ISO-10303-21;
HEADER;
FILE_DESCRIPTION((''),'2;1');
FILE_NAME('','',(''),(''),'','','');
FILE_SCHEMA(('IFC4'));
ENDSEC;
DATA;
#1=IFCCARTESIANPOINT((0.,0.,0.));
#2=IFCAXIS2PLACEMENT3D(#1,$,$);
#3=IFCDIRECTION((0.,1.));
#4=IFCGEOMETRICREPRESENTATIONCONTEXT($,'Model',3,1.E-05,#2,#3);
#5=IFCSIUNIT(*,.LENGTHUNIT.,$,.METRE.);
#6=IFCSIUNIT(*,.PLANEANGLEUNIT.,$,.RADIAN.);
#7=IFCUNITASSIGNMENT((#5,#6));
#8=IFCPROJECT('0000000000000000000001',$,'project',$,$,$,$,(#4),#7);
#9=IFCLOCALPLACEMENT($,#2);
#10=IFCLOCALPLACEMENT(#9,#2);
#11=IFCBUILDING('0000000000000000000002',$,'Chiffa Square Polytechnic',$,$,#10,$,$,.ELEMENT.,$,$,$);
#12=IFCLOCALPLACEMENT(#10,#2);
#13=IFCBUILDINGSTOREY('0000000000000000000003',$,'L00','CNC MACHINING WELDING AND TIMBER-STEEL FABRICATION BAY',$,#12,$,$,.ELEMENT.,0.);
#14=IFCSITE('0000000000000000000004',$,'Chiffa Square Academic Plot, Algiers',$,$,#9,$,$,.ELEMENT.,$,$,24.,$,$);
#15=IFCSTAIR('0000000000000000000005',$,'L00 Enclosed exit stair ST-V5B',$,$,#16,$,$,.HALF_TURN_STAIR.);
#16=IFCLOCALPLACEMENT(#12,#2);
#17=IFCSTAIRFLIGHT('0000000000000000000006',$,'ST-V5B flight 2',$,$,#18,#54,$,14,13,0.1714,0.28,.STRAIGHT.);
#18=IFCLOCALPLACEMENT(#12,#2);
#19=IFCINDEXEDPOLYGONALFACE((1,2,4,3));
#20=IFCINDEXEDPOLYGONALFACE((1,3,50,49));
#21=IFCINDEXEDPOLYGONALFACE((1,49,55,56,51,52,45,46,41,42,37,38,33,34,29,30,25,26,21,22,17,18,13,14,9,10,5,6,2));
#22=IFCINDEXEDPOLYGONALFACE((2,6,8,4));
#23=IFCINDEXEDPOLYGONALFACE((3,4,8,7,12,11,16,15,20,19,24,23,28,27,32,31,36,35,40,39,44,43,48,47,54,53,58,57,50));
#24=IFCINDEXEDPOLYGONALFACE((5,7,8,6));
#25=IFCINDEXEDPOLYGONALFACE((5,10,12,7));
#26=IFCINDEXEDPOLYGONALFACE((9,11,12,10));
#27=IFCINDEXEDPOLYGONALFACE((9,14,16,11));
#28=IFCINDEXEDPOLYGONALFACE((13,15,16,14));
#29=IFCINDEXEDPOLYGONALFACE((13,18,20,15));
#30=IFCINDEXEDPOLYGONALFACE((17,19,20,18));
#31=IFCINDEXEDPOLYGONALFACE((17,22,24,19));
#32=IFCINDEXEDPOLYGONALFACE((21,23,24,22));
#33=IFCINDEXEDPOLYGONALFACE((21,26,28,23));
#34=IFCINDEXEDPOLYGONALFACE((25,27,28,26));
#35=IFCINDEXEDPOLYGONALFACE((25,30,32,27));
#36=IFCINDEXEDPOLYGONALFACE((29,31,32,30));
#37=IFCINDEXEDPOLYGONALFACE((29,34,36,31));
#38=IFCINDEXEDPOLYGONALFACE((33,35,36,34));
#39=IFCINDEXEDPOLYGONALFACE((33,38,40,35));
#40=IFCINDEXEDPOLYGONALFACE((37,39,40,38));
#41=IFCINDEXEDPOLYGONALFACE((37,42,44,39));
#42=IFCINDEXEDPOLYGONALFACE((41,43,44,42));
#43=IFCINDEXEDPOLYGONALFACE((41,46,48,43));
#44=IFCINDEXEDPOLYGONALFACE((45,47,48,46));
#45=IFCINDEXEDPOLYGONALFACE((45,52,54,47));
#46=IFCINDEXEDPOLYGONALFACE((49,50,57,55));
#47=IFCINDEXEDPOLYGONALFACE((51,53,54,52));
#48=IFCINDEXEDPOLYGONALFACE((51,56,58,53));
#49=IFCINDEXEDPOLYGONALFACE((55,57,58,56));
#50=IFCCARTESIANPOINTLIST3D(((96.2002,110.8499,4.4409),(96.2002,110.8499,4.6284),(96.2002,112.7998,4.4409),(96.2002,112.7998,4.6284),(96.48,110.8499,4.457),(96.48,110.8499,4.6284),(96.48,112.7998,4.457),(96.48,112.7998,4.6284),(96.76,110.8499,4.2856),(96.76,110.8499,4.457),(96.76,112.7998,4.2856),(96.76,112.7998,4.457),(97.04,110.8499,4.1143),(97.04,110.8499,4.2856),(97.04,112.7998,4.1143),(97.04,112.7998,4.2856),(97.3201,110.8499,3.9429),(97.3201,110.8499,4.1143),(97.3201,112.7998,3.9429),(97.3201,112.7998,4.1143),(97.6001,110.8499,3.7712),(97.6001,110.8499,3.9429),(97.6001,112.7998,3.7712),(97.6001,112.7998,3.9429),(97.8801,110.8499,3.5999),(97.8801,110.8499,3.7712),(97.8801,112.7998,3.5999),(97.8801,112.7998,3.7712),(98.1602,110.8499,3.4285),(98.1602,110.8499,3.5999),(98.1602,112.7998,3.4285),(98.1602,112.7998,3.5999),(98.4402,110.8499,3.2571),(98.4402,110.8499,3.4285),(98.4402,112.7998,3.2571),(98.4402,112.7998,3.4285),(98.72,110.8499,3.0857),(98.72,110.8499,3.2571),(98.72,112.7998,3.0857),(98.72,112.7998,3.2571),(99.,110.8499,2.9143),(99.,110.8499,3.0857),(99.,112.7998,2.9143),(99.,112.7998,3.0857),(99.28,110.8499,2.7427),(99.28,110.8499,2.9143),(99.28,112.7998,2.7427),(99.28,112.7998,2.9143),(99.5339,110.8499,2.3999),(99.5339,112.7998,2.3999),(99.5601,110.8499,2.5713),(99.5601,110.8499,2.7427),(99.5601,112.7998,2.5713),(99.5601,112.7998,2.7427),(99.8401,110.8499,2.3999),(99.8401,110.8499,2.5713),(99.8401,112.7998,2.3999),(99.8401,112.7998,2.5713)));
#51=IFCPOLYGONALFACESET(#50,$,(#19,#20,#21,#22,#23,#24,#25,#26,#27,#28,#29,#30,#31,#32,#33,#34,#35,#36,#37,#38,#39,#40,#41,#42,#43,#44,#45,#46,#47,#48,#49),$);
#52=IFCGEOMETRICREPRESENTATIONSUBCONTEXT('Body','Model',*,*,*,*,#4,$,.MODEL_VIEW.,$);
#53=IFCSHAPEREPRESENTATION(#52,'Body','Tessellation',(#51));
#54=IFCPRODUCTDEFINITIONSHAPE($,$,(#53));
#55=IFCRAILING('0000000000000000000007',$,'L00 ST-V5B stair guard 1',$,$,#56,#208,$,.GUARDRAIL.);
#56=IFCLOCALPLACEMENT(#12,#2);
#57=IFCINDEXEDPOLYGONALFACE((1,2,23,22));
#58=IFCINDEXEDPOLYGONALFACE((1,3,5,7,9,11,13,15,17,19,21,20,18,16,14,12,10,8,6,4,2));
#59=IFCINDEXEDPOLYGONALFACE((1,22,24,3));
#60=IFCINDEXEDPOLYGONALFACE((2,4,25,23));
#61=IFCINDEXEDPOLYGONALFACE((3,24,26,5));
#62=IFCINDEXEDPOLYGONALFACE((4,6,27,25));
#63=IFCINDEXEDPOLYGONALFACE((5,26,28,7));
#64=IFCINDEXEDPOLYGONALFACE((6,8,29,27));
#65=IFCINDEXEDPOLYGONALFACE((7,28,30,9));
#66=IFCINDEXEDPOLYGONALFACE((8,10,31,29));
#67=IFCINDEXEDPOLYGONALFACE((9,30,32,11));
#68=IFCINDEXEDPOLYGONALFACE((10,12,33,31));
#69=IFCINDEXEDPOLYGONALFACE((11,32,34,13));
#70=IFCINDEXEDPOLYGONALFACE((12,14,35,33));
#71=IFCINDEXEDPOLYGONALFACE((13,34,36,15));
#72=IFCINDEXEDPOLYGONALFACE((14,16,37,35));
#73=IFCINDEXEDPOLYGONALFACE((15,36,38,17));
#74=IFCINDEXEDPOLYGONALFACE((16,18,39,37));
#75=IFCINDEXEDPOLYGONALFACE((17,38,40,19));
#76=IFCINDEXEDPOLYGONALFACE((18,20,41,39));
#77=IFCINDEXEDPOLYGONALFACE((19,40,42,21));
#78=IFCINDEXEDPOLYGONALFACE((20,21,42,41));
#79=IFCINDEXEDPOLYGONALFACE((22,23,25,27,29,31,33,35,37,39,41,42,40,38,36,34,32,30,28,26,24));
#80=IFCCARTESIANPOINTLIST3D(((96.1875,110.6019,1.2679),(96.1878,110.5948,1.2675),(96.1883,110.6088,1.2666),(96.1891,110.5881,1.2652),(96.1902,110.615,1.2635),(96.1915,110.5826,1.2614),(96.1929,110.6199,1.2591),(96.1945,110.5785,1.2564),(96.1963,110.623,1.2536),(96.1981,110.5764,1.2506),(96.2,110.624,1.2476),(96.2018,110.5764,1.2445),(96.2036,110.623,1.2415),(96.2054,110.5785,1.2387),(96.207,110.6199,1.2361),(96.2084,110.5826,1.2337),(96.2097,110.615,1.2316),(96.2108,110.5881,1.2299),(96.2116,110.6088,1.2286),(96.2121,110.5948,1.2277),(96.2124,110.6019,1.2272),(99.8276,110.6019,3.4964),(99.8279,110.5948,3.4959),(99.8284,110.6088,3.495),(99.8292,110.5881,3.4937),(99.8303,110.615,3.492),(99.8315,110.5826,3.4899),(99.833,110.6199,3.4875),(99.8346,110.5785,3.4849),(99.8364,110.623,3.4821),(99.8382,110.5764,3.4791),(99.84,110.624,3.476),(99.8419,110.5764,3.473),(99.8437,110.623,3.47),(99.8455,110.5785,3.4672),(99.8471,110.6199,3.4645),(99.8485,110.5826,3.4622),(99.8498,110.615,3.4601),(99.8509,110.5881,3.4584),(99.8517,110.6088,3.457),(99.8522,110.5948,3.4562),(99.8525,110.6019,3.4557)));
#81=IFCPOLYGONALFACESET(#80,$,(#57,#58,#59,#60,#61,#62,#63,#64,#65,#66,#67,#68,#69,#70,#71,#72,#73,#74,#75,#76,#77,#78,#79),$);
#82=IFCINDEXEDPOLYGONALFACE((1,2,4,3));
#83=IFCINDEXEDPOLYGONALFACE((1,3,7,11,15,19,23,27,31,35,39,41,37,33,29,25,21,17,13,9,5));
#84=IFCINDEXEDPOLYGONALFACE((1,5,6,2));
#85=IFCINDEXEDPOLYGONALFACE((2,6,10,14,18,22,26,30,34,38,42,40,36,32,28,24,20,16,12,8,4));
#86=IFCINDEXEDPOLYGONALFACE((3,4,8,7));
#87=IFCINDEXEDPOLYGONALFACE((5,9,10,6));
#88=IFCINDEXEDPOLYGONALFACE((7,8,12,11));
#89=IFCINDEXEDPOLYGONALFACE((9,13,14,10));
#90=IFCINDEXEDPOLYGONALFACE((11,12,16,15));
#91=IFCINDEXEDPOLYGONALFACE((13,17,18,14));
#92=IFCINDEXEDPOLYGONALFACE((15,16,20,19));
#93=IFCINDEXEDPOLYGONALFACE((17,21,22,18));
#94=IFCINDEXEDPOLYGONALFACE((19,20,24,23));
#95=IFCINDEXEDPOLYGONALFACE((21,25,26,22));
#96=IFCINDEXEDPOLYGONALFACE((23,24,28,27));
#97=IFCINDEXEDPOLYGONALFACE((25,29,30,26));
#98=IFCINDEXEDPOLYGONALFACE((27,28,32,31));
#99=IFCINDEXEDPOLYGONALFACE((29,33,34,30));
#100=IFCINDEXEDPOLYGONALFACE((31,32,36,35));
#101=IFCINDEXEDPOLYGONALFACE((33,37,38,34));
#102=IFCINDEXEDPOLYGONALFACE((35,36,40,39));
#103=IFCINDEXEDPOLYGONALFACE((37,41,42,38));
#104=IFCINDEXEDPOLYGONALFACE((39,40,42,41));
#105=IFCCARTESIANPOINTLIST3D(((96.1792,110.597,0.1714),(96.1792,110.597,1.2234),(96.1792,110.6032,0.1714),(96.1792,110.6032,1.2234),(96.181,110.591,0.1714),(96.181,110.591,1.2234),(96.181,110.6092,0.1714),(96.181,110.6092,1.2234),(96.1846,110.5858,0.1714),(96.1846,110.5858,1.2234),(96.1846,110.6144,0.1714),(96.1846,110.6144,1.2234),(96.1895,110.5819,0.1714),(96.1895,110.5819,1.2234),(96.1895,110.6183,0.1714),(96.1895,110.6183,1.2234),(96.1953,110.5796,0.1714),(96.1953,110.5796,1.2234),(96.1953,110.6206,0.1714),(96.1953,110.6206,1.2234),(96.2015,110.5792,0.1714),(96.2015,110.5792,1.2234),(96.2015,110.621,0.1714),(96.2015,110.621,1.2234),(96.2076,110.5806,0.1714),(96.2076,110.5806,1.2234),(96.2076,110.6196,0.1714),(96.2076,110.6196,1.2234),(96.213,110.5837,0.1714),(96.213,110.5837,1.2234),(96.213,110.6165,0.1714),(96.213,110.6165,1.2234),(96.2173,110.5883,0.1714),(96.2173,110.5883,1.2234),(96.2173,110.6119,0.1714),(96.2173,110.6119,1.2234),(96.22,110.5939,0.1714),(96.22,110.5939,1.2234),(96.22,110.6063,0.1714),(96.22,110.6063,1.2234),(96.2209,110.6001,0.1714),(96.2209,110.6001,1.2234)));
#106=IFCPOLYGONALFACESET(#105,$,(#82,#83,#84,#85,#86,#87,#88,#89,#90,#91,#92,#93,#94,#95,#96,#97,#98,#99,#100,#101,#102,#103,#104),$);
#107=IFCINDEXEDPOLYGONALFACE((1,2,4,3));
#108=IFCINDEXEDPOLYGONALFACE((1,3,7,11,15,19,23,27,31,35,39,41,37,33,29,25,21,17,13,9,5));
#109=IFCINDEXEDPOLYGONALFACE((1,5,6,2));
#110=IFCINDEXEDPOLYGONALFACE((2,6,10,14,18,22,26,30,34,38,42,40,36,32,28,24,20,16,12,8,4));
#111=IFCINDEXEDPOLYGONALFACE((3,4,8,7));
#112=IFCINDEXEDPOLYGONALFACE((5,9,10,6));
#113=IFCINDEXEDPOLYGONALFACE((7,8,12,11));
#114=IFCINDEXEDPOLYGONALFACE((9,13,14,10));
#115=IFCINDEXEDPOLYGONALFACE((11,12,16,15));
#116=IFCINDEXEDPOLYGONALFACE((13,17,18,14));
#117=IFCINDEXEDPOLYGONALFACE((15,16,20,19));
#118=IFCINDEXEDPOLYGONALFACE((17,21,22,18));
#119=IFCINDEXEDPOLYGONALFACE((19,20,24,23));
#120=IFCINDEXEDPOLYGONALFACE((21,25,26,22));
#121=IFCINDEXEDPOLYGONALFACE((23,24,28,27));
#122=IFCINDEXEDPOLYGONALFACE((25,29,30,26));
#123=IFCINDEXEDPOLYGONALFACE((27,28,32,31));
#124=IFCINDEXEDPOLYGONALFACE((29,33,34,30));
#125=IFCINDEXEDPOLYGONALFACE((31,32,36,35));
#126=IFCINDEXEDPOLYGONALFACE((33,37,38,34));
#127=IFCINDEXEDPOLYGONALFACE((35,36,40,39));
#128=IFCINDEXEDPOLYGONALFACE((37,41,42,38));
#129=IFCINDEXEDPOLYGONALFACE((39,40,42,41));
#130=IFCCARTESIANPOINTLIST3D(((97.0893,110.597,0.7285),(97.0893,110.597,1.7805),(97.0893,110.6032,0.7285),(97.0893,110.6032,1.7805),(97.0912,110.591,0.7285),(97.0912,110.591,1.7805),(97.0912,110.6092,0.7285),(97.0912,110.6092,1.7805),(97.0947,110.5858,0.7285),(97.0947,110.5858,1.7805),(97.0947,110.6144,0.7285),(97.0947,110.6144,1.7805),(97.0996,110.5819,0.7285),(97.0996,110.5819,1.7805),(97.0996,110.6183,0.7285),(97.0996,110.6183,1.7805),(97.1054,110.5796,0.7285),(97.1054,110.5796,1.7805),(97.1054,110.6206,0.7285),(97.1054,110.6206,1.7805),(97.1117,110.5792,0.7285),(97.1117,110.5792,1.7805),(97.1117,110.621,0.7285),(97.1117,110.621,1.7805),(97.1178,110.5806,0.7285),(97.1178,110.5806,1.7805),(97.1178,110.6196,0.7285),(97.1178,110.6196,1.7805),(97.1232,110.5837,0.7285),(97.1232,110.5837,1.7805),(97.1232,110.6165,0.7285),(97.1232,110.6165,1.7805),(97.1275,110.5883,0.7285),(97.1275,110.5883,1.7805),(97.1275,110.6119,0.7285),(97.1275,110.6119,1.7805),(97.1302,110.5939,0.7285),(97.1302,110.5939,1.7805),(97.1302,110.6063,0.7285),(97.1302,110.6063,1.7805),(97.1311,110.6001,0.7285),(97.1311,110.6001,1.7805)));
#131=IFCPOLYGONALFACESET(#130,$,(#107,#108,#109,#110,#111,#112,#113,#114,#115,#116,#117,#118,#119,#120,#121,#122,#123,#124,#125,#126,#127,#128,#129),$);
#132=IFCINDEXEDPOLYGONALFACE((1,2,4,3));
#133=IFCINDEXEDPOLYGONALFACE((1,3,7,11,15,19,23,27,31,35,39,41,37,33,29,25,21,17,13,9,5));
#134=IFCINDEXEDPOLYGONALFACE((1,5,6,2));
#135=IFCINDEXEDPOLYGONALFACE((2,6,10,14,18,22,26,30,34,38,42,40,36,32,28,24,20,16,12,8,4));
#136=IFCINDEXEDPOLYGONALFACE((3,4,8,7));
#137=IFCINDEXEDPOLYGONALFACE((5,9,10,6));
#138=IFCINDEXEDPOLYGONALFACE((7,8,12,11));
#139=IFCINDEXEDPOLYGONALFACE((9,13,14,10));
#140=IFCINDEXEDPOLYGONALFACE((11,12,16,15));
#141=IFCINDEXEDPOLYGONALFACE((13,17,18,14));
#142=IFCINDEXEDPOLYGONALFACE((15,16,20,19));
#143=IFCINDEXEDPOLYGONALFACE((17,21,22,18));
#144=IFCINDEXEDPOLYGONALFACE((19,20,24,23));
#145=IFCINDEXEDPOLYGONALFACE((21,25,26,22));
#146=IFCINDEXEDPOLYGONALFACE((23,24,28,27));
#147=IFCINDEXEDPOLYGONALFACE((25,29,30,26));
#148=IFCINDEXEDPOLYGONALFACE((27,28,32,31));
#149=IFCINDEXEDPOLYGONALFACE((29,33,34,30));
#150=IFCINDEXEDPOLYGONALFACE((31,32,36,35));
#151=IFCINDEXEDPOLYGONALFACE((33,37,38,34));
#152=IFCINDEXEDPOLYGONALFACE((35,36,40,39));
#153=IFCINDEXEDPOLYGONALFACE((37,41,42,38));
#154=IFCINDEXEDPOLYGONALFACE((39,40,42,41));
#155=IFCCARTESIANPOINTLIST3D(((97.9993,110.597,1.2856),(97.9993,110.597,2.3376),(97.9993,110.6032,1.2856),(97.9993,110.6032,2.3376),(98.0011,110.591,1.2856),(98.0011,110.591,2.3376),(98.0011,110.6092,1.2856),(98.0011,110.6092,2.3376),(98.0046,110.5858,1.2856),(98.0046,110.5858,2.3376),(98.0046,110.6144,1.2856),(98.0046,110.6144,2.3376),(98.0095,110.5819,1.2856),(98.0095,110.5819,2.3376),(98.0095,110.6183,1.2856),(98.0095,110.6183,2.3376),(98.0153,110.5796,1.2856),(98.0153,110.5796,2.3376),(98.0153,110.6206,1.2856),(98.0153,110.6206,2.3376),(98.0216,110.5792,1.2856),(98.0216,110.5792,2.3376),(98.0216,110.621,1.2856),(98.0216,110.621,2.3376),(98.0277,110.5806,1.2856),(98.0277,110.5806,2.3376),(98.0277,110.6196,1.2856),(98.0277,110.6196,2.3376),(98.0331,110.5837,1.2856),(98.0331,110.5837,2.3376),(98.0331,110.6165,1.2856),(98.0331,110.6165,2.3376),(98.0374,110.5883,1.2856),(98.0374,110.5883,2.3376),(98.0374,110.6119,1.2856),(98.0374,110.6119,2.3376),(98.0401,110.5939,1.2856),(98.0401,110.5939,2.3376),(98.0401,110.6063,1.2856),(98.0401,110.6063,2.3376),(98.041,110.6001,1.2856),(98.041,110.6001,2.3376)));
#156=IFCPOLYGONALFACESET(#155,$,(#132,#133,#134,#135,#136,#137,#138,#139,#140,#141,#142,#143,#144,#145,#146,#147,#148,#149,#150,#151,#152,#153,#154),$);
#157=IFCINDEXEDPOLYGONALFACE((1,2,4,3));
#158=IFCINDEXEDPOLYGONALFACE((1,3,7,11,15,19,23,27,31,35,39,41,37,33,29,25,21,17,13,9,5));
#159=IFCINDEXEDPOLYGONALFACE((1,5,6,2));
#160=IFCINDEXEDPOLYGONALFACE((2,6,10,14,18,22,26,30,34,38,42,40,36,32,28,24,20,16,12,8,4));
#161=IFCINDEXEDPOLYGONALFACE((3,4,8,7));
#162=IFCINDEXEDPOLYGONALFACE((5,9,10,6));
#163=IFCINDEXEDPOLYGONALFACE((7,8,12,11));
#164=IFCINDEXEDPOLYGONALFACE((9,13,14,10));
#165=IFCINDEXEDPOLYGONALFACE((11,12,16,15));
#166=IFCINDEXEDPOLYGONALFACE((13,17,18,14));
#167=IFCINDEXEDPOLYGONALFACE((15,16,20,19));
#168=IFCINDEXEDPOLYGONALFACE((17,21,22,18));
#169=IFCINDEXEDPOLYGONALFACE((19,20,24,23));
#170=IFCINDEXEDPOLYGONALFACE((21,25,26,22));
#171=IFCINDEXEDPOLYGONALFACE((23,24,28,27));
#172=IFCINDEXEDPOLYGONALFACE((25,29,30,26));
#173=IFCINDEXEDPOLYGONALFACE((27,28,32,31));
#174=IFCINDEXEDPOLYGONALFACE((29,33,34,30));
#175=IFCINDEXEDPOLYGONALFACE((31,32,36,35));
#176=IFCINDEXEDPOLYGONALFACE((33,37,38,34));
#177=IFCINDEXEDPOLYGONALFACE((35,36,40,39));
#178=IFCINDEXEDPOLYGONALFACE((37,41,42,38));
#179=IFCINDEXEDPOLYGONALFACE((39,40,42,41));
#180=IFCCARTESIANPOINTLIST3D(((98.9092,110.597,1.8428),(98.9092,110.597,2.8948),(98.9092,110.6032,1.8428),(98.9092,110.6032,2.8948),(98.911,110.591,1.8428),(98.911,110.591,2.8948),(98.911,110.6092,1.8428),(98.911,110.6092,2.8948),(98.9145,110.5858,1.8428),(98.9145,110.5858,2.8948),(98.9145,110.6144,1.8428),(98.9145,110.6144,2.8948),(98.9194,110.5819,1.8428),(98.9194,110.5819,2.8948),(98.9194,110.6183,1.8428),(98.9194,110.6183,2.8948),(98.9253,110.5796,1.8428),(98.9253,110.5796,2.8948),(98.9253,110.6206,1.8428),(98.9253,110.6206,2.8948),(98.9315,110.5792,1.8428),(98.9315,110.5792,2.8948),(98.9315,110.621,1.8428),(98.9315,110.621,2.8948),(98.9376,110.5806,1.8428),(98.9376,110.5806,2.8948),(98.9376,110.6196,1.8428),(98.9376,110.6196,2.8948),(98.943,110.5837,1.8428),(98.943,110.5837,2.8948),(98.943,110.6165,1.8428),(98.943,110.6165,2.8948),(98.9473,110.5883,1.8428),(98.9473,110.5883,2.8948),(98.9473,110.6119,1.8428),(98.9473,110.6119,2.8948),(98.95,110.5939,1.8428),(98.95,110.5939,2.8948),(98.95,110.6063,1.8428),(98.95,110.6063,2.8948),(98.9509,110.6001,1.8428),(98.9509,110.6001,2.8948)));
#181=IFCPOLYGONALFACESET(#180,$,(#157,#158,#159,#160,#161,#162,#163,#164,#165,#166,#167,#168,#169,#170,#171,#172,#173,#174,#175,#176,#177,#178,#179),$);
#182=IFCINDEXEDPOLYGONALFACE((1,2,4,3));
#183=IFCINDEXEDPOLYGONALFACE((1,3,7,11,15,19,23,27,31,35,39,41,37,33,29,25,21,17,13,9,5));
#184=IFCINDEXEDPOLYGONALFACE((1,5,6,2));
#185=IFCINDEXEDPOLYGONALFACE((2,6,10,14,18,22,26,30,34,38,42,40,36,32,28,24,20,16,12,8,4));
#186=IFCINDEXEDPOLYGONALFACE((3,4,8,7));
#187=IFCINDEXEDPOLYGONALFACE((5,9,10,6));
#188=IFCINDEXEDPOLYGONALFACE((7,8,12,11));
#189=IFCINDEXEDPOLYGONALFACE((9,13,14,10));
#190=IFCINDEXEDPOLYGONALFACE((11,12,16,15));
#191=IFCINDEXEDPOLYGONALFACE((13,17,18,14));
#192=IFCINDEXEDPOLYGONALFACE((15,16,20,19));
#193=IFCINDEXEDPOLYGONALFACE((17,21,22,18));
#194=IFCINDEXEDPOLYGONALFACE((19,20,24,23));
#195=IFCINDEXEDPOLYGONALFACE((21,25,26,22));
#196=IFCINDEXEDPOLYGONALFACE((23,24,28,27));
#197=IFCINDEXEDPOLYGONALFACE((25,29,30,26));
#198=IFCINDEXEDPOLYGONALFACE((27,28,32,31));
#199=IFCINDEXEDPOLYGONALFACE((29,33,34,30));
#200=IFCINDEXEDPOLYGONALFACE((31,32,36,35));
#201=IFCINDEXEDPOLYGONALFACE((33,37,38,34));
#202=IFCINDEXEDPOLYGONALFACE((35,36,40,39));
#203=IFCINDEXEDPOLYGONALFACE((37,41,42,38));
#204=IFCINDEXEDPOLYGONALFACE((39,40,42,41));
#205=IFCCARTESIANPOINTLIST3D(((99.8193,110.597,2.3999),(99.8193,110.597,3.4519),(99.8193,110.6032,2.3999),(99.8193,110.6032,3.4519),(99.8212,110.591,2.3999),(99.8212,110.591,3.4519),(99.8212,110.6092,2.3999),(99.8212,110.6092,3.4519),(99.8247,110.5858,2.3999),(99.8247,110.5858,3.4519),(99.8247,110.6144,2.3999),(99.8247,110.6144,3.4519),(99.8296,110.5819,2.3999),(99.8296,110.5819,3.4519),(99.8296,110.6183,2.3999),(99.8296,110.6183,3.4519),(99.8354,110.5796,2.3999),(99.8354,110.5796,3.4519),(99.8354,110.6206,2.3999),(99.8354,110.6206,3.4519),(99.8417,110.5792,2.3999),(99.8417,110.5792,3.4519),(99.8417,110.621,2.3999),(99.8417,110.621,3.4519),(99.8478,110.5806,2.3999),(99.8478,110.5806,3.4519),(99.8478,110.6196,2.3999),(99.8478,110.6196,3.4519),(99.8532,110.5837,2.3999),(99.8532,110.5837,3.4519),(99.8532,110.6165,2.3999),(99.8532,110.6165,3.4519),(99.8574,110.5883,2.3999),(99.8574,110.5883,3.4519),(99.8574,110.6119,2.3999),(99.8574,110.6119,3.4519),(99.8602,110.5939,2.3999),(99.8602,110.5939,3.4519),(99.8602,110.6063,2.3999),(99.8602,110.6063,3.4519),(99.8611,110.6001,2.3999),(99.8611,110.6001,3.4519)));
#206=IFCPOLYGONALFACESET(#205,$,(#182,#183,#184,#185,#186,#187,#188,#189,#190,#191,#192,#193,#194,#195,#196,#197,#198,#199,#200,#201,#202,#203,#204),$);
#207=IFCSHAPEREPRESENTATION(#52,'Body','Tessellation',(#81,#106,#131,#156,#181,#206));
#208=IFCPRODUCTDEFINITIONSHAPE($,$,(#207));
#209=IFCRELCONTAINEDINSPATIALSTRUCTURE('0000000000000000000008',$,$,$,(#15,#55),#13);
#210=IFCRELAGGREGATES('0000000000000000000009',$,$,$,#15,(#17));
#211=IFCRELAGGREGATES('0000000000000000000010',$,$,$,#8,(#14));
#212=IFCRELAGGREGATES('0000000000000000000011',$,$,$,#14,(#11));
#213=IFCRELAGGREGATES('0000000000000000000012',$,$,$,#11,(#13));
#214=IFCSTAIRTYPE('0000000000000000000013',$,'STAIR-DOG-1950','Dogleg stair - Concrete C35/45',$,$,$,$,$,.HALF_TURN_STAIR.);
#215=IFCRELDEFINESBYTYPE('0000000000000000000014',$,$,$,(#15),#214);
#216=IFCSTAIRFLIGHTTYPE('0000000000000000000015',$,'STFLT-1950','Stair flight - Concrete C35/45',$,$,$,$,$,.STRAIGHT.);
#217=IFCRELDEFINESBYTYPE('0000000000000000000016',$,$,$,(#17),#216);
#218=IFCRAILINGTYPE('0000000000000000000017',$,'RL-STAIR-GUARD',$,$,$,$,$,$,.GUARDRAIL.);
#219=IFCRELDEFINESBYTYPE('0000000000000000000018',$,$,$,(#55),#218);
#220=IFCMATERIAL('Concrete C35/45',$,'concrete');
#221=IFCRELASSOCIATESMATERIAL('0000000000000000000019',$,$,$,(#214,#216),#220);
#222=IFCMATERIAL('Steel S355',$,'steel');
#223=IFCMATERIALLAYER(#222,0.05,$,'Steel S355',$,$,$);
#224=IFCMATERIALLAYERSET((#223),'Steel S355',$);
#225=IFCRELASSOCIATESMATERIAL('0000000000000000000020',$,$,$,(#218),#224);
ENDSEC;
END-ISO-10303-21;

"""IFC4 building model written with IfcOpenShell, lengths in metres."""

from ifc_helpers import new_model, si_unit, direction, frame, origin, origin_2d, place, context, subcontext, project, spatial, polyline, circle, outline, extrude, material, layer, layer_set, type_object, element, aggregate, save


model = new_model("IFC4")

# Units and contexts
model_context = context("Model", 3, precision=1e-05, world=origin(), true_north=direction((0.0, 1.0)))
body_context = subcontext(model_context, "Body", "Model", "MODEL_VIEW")
ifc_project = project(units=[si_unit("LENGTHUNIT", "METRE"), si_unit("PLANEANGLEUNIT", "RADIAN")], contexts=[model_context])

# Site, building, storey
site_placement = place(None, origin())
site = spatial("IfcSite", under=ifc_project, at=site_placement, Name="Chiffa Square Academic Plot, Algiers", CompositionType="ELEMENT", RefElevation=24.0)
building_placement = place(site_placement, origin())
building = spatial("IfcBuilding", under=site, at=building_placement, Name="Chiffa Square Polytechnic", CompositionType="ELEMENT")
storey_placement = place(building_placement, origin())
storey = spatial("IfcBuildingStorey", under=building, at=storey_placement, Name="L00", Description="CNC MACHINING WELDING AND TIMBER-STEEL FABRICATION BAY", CompositionType="ELEMENT", Elevation=0.0)

# Shared definitions
ifc_material_1 = material(Name="Concrete C35/45", Category="concrete")

# Stair, stair flight
stair_type = type_object("IfcStairType", Name="STAIR-DOG-1950", Description="Dogleg stair - Concrete C35/45", PredefinedType="HALF_TURN_STAIR", material=ifc_material_1)
stair_placement = place(storey_placement, origin())
stair = element("IfcStair", 1, at=stair_placement, inside=storey, type_object=stair_type, Name="L00 Enclosed exit stair ST-V5B", PredefinedType="HALF_TURN_STAIR")
stair_flight_type = type_object("IfcStairFlightType", Name="STFLT-1950", Description="Stair flight - Concrete C35/45", PredefinedType="STRAIGHT", material=ifc_material_1)
stair_flight_placement = place(storey_placement, frame((99.8401, 111.825, 2.3999), z_axis=(0.0, 0.0, 1.0), x_axis=(-1.0, 0.0, 0.0)))
stair_flight = element("IfcStairFlight", 2, at=stair_flight_placement, type_object=stair_flight_type, Name="ST-V5B flight 2", NumberOfRisers=14, NumberOfTreads=13, PredefinedType="STRAIGHT", RiserHeight=0.1714, TreadLength=0.28, context=body_context, shape_type="SweptSolid", body=[
    extrude(outline(polyline([(0.0, 0.0), (0.0, 0.1714), (0.28, 0.1714), (0.28, 0.3428), (0.5601, 0.3428), (0.5601, 0.5144), (0.8401, 0.5144), (0.8401, 0.6858), (1.1201, 0.6858), (1.1201, 0.8572), (1.3999, 0.8572), (1.3999, 1.0286), (1.6799, 1.0286), (1.6799, 1.2), (1.96, 1.2), (1.96, 1.3713), (2.24, 1.3713), (2.24, 1.543), (2.52, 1.543), (2.52, 1.7144), (2.8, 1.7144), (2.8, 1.8857), (3.0801, 1.8857), (3.0801, 2.0571), (3.3601, 2.0571), (3.3601, 2.2285), (3.6399, 2.2285), (3.6399, 2.3999), (3.6399, 2.041), (0.3062, 0.0), (0.0, 0.0)])), frame((0.0, 0.9751, 0.0), z_axis=(0.0, -1.0, 0.0), x_axis=(1.0, 0.0, 0.0)), (0.0, 0.0, 1.0), 1.95),
])
aggregate(stair, [stair_flight])

# Railing
ifc_material_2 = material(Name="Steel S355", Category="steel")
ifc_layer_1 = layer(ifc_material_2, 0.05, Name="Steel S355")
ifc_layer_set_1 = layer_set([ifc_layer_1], Name="Steel S355")
railing_type_1 = type_object("IfcRailingType", Name="RL-STAIR-GUARD", PredefinedType="GUARDRAIL", material=ifc_layer_set_1)
railing_1_placement = place(storey_placement, frame((96.2, 110.6001, 0.1714)))
element("IfcRailing", 3, at=railing_1_placement, inside=storey, type_object=railing_type_1, Name="L00 ST-V5B stair guard 1", PredefinedType="GUARDRAIL", context=body_context, shape_type="SweptSolid", body=[
    extrude(circle(Radius=0.0239, at=origin_2d()), frame((0.0, 0.0, 1.0762), z_axis=(0.852866, 0.0, 0.52213), x_axis=(0.0, 1.0, 0.0)), (0.0, 0.0, 1.0), 4.2681),
    extrude(circle(Radius=0.021, at=origin_2d()), origin(), (0.0, 0.0, 1.0), 1.052),
    extrude(circle(Radius=0.021, at=origin_2d()), frame((0.9102, 0.0, 0.5571)), (0.0, 0.0, 1.0), 1.052),
    extrude(circle(Radius=0.021, at=origin_2d()), frame((1.8201, 0.0, 1.1143)), (0.0, 0.0, 1.0), 1.052),
    extrude(circle(Radius=0.021, at=origin_2d()), frame((2.73, 0.0, 1.6714)), (0.0, 0.0, 1.0), 1.052),
    extrude(circle(Radius=0.021, at=origin_2d()), frame((3.6401, 0.0, 2.2285)), (0.0, 0.0, 1.0), 1.052),
])

save(model, "model.ifc")
